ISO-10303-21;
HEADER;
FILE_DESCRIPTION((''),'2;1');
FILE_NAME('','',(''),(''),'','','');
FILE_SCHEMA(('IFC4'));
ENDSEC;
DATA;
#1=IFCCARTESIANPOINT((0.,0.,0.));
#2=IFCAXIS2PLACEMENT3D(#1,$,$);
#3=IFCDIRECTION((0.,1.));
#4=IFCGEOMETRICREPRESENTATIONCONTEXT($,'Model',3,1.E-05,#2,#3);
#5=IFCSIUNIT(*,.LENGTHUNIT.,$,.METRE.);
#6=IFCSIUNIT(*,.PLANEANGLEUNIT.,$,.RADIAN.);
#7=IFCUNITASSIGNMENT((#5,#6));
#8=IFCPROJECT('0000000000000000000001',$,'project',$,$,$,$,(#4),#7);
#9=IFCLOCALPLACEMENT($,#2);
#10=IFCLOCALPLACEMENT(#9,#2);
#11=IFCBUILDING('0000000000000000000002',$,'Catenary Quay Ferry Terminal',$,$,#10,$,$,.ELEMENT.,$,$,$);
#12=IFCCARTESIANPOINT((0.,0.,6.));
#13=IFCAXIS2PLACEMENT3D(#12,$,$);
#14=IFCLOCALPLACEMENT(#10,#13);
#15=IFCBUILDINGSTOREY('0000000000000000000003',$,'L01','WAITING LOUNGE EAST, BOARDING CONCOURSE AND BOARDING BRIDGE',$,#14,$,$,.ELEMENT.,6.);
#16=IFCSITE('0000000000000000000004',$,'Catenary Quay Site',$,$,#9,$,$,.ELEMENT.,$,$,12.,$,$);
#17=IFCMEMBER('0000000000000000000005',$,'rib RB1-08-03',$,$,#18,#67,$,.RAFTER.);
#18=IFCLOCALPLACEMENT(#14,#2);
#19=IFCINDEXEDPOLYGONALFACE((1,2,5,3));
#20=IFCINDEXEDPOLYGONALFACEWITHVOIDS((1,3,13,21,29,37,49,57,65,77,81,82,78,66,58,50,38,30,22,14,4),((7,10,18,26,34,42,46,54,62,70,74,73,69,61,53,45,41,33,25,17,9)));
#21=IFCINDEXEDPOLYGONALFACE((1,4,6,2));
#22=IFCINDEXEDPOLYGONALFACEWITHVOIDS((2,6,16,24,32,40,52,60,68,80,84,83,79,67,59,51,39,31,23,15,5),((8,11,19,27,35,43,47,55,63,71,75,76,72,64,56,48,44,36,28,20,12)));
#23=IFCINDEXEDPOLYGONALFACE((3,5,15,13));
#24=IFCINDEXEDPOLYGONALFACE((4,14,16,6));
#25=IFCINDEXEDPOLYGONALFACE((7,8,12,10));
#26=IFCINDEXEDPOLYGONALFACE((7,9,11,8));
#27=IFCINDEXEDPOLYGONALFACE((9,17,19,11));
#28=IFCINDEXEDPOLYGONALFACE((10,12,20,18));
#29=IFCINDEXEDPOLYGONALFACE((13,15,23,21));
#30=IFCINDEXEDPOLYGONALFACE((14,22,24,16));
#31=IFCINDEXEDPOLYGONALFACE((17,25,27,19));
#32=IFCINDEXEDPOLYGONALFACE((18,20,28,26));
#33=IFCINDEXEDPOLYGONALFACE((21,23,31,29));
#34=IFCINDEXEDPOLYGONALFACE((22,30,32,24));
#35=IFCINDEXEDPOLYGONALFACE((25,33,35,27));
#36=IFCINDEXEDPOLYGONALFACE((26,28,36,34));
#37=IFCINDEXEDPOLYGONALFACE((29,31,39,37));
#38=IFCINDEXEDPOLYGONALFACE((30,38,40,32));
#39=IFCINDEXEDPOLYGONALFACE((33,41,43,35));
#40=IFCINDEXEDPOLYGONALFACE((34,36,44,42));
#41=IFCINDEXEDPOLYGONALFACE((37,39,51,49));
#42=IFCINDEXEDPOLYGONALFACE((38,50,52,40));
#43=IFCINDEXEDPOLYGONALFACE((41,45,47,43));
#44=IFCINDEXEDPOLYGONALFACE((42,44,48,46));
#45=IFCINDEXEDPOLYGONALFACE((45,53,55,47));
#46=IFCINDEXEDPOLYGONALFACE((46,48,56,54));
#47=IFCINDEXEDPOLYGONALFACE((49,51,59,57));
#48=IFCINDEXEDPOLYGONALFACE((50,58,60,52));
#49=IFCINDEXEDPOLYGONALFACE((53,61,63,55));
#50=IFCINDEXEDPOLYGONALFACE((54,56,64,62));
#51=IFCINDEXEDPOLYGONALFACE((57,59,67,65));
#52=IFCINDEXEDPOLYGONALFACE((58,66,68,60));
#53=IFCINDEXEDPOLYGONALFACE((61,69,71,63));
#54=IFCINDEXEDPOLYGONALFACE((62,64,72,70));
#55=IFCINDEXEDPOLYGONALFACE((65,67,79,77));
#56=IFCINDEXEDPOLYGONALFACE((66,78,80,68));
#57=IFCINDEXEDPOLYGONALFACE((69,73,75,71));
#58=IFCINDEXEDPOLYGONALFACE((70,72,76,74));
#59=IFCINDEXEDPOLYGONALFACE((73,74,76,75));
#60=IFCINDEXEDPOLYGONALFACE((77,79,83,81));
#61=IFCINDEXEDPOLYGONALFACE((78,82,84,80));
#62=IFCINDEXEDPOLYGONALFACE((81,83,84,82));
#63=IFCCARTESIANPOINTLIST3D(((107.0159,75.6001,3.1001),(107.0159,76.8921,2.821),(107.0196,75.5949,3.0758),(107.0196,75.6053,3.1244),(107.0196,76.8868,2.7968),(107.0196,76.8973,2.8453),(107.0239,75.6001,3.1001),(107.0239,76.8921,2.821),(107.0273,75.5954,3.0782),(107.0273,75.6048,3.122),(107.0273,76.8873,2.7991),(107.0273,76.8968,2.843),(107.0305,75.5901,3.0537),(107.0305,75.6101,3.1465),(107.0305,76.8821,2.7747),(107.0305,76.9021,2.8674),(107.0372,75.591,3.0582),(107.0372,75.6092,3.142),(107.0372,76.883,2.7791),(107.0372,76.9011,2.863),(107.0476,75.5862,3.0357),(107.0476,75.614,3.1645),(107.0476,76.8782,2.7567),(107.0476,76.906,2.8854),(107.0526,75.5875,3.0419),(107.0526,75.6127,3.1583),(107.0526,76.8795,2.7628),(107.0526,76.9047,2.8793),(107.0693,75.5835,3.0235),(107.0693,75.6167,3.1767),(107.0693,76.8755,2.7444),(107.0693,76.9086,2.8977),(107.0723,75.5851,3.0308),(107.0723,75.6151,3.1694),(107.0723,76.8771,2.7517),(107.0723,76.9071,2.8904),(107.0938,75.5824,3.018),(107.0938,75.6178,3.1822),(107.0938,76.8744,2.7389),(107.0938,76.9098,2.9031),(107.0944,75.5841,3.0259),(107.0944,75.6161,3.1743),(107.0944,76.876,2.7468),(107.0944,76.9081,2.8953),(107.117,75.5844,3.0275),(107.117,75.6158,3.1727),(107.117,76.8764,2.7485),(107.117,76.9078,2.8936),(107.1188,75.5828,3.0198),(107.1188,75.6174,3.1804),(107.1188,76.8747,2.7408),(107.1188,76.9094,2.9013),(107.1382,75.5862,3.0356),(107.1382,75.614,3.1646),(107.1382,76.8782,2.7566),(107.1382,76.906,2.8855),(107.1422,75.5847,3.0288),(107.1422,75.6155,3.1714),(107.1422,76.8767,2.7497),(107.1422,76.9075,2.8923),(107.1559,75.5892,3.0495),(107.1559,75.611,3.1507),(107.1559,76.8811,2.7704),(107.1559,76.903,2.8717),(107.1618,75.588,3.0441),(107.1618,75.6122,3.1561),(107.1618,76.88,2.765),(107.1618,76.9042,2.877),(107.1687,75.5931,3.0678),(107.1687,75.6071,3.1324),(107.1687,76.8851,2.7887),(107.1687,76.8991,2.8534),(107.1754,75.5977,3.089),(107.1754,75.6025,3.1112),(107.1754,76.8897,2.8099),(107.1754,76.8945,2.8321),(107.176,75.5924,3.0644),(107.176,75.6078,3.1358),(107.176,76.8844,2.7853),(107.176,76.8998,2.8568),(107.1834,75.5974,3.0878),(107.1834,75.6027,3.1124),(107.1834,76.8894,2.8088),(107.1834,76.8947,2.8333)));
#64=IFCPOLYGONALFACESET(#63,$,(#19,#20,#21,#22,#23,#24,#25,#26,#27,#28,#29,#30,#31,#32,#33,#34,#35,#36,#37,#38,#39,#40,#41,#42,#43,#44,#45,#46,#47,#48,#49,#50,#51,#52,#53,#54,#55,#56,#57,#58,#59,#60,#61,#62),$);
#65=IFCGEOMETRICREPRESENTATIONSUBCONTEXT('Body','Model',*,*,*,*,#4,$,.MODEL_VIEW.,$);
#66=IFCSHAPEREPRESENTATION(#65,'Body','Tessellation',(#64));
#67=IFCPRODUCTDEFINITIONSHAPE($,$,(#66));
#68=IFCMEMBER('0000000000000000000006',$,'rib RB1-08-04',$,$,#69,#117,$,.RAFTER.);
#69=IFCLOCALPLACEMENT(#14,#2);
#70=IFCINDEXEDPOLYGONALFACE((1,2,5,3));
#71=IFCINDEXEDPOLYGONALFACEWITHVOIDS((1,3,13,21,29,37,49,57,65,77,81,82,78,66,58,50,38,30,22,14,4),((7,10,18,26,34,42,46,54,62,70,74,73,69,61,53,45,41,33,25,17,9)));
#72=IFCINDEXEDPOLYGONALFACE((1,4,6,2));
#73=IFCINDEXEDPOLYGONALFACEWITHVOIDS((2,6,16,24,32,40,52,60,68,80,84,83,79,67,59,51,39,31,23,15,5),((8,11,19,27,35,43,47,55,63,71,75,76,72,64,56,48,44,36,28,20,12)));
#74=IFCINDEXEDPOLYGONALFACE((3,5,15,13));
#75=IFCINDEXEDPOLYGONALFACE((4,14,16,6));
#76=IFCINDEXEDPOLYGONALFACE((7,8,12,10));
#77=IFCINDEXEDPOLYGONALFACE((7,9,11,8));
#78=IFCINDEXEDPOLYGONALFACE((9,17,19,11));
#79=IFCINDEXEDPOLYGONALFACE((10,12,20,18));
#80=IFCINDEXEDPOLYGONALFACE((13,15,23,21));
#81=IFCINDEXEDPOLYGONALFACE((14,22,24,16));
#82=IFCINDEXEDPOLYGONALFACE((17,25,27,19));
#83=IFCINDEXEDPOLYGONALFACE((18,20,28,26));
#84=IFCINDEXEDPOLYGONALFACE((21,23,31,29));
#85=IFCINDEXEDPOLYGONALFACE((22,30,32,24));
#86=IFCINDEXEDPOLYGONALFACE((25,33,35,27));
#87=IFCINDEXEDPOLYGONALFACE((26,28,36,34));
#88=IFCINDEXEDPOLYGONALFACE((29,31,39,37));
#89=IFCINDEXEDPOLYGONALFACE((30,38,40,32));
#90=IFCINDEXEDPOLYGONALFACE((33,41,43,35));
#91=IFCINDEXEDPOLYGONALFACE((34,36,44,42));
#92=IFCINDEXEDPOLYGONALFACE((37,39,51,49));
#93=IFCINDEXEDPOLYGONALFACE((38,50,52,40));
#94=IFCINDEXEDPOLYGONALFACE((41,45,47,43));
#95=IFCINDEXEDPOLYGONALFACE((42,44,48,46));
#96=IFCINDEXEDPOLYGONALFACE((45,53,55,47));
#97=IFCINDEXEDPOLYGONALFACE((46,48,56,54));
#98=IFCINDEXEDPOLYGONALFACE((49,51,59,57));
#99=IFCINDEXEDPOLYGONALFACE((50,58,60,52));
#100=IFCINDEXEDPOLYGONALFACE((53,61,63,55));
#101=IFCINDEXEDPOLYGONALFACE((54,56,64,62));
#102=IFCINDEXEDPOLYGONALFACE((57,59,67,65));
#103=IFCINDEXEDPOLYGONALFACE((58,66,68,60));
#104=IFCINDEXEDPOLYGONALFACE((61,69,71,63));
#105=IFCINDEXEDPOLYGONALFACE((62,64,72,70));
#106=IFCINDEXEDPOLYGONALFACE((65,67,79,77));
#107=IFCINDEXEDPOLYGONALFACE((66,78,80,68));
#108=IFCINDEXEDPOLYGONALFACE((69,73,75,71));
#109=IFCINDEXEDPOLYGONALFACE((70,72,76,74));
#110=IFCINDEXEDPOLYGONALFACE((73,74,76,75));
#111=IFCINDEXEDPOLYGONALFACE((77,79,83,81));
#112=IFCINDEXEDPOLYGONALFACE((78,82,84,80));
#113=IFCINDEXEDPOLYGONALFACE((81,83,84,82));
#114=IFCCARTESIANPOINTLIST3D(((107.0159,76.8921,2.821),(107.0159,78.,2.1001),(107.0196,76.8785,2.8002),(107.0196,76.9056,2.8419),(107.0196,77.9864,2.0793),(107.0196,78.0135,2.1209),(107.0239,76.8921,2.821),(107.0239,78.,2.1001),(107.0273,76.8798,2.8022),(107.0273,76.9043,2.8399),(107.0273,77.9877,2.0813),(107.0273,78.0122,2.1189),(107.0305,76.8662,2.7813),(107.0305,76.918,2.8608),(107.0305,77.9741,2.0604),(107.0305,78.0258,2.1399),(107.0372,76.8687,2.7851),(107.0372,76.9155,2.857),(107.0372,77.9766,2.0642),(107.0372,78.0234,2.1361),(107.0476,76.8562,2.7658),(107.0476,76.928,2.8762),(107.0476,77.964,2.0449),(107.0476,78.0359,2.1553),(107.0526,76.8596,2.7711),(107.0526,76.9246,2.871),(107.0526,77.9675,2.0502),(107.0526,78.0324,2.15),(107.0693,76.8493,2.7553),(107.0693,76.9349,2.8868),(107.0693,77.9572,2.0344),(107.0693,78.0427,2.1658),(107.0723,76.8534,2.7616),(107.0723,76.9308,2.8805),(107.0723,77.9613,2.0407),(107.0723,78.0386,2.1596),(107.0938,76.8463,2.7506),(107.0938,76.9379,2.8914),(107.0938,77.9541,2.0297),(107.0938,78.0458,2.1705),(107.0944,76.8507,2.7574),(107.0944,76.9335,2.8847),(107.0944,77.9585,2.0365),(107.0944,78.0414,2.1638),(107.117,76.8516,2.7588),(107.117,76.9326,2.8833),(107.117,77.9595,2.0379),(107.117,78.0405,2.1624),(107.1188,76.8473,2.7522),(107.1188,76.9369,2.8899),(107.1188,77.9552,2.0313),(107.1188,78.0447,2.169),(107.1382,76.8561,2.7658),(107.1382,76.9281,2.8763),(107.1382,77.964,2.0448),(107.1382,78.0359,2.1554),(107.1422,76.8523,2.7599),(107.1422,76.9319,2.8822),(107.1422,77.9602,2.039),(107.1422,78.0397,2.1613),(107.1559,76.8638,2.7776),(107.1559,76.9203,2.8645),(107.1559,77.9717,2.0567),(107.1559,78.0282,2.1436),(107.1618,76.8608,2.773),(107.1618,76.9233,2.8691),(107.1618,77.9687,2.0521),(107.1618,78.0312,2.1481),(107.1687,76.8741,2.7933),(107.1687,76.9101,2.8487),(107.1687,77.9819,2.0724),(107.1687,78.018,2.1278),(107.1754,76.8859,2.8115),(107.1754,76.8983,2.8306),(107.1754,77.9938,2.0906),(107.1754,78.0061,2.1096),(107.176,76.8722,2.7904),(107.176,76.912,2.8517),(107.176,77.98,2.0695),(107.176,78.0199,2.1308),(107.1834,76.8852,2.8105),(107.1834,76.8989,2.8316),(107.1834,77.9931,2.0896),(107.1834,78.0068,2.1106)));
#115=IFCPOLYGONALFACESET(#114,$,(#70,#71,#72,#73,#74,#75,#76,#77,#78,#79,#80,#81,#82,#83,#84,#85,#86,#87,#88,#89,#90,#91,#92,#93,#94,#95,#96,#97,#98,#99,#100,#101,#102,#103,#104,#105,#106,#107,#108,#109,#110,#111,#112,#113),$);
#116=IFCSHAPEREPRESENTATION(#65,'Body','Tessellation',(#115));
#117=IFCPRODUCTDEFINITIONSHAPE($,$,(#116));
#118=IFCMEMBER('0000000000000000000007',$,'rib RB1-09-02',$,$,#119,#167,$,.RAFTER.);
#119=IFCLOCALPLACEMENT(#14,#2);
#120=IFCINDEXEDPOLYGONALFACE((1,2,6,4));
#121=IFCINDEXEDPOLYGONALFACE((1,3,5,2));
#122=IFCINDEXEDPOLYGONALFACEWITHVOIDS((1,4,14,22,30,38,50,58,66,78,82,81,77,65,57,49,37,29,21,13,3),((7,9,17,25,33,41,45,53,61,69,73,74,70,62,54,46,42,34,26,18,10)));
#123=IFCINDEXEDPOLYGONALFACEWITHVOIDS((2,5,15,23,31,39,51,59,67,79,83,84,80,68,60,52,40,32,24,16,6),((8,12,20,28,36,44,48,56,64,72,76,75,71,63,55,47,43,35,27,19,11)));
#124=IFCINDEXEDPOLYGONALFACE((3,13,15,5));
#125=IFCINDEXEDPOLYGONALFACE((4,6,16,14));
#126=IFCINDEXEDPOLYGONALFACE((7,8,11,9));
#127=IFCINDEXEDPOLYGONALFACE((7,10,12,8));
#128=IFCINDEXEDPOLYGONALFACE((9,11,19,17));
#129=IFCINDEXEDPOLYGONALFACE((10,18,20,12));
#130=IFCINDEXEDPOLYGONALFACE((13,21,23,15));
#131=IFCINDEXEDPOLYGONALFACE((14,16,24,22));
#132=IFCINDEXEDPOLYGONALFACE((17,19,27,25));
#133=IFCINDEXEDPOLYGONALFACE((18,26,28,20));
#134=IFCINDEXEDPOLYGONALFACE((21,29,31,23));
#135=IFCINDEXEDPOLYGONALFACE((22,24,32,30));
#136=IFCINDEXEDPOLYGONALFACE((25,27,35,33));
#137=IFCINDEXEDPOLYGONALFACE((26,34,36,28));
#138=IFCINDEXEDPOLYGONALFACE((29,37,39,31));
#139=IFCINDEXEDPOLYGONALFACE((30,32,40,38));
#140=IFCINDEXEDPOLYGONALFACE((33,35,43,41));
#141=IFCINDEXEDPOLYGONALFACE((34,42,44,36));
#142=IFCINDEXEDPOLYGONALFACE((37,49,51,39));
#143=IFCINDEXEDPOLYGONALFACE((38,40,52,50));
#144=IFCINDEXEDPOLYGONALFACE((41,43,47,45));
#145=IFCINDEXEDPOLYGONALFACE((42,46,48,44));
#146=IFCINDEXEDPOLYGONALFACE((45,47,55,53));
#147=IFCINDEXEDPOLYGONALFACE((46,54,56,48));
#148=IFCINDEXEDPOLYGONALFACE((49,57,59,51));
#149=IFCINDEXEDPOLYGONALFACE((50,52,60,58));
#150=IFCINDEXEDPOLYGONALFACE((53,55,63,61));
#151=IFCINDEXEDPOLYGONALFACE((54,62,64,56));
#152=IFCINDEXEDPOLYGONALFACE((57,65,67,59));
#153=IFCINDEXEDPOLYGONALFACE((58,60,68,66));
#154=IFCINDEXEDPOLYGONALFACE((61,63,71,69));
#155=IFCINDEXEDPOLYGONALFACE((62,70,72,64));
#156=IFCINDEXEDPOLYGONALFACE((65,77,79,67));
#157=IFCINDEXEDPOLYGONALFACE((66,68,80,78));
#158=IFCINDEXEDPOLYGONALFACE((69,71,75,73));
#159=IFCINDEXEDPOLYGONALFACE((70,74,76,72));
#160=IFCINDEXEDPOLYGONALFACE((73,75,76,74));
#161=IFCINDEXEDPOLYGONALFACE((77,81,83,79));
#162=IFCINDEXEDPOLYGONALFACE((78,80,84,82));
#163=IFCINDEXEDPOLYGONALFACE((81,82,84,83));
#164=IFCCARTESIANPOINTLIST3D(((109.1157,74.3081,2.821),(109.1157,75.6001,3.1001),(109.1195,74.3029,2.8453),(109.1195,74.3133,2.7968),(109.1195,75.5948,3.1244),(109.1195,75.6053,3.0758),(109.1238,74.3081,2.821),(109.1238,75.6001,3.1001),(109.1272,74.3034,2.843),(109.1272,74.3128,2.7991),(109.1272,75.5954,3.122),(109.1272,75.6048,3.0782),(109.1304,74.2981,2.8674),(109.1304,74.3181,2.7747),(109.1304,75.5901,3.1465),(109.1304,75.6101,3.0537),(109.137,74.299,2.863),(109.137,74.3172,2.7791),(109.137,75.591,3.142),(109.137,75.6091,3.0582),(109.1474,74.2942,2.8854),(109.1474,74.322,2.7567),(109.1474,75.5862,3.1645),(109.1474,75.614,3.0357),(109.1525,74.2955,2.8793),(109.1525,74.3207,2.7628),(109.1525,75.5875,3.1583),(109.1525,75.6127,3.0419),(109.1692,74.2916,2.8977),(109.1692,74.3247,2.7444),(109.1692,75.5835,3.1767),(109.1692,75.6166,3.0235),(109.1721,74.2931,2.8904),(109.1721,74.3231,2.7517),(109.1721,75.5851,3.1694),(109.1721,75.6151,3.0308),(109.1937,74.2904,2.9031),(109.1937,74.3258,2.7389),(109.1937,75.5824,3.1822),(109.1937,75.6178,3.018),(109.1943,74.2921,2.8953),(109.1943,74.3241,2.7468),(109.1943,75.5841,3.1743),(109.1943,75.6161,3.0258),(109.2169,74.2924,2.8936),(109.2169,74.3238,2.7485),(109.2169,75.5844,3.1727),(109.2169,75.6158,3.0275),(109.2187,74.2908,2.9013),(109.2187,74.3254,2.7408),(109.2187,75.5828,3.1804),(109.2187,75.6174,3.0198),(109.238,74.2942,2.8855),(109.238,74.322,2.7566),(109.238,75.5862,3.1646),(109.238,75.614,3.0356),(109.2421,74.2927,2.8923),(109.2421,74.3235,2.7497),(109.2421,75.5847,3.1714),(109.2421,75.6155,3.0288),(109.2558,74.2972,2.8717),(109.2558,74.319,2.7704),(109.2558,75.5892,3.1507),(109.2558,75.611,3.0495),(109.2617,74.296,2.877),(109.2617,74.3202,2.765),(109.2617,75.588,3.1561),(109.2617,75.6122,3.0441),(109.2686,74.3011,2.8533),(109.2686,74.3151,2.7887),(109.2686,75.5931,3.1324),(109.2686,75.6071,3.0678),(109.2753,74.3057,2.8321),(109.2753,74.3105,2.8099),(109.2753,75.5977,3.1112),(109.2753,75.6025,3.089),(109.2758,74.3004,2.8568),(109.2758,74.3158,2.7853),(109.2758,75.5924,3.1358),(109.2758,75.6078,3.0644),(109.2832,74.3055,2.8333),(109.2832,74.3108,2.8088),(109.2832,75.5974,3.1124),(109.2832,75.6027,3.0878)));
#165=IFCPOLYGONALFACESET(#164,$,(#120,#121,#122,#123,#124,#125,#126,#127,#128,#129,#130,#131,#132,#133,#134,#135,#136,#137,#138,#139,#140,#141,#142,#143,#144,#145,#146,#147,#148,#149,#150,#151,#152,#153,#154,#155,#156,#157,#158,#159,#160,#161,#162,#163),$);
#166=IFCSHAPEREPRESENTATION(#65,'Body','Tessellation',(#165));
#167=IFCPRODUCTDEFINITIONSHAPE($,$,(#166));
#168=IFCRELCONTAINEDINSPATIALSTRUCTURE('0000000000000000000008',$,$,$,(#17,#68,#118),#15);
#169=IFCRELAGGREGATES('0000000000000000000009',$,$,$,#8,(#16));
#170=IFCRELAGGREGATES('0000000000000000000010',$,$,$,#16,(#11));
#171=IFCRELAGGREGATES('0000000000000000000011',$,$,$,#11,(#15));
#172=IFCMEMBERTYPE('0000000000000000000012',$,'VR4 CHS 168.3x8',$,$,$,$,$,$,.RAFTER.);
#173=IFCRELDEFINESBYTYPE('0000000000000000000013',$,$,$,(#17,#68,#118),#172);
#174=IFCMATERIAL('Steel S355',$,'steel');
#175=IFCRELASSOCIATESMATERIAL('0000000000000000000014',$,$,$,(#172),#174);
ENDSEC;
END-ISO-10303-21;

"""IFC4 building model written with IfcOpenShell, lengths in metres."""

from ifc_helpers import new_model, si_unit, direction, frame, origin, origin_2d, place, context, subcontext, project, spatial, hollow_circle, extrude, material, material_profile, profile_set, type_object, element, save


model = new_model("IFC4")

# Units and contexts
model_context = context("Model", 3, precision=1e-05, world=origin(), true_north=direction((0.0, 1.0)))
body_context = subcontext(model_context, "Body", "Model", "MODEL_VIEW")
ifc_project = project(units=[si_unit("LENGTHUNIT", "METRE"), si_unit("PLANEANGLEUNIT", "RADIAN")], contexts=[model_context])

# Site, building, storey
site_placement = place(None, origin())
site = spatial("IfcSite", under=ifc_project, at=site_placement, Name="Catenary Quay Site", CompositionType="ELEMENT", RefElevation=12.0)
building_placement = place(site_placement, origin())
building = spatial("IfcBuilding", under=site, at=building_placement, Name="Catenary Quay Ferry Terminal", CompositionType="ELEMENT")
storey_placement = place(building_placement, frame((0.0, 0.0, 6.0)))
storey = spatial("IfcBuildingStorey", under=building, at=storey_placement, Name="L01", Description="WAITING LOUNGE EAST, BOARDING CONCOURSE AND BOARDING BRIDGE", CompositionType="ELEMENT", Elevation=6.0)

# Members
ifc_material_1 = material(Name="Steel S355", Category="steel")
ifc_material_profile_1 = material_profile(ifc_material_1, hollow_circle(Radius=0.0842, WallThickness=0.0081, at=origin_2d()), Name="CHS 168.3x8")
ifc_profile_set_1 = profile_set([ifc_material_profile_1], Name="Steel S355")
member_type_1 = type_object("IfcMemberType", Name="VR4 CHS 168.3x8", PredefinedType="RAFTER", material=ifc_profile_set_1)
for number, where, z_axis, x_axis, name in (
    (1, (107.1001, 75.6001, 3.1001), (0.0, 0.977461, -0.211118), (-1.0, 0.0, 0.0), "rib RB1-08-03"),
    (2, (107.1001, 76.8921, 2.821), (0.0, 0.838165, -0.545417), (-1.0, 0.0, 0.0), "rib RB1-08-04"),
    (3, (109.2, 74.3081, 2.821), (0.0, 0.977461, 0.211118), (-1.0, 0.0, 0.0), "rib RB1-09-02"),
):
    element("IfcMember", number, at=place(storey_placement, frame(where, z_axis=z_axis, x_axis=x_axis)), inside=storey, type_object=member_type_1, Name=name, PredefinedType="RAFTER", context=body_context, shape_type="SweptSolid", body=[
        extrude(hollow_circle(Radius=0.0842, WallThickness=0.0081, at=origin_2d()), origin(), (0.0, 0.0, 1.0), 1.3218),
    ])

save(model, "model.ifc")
